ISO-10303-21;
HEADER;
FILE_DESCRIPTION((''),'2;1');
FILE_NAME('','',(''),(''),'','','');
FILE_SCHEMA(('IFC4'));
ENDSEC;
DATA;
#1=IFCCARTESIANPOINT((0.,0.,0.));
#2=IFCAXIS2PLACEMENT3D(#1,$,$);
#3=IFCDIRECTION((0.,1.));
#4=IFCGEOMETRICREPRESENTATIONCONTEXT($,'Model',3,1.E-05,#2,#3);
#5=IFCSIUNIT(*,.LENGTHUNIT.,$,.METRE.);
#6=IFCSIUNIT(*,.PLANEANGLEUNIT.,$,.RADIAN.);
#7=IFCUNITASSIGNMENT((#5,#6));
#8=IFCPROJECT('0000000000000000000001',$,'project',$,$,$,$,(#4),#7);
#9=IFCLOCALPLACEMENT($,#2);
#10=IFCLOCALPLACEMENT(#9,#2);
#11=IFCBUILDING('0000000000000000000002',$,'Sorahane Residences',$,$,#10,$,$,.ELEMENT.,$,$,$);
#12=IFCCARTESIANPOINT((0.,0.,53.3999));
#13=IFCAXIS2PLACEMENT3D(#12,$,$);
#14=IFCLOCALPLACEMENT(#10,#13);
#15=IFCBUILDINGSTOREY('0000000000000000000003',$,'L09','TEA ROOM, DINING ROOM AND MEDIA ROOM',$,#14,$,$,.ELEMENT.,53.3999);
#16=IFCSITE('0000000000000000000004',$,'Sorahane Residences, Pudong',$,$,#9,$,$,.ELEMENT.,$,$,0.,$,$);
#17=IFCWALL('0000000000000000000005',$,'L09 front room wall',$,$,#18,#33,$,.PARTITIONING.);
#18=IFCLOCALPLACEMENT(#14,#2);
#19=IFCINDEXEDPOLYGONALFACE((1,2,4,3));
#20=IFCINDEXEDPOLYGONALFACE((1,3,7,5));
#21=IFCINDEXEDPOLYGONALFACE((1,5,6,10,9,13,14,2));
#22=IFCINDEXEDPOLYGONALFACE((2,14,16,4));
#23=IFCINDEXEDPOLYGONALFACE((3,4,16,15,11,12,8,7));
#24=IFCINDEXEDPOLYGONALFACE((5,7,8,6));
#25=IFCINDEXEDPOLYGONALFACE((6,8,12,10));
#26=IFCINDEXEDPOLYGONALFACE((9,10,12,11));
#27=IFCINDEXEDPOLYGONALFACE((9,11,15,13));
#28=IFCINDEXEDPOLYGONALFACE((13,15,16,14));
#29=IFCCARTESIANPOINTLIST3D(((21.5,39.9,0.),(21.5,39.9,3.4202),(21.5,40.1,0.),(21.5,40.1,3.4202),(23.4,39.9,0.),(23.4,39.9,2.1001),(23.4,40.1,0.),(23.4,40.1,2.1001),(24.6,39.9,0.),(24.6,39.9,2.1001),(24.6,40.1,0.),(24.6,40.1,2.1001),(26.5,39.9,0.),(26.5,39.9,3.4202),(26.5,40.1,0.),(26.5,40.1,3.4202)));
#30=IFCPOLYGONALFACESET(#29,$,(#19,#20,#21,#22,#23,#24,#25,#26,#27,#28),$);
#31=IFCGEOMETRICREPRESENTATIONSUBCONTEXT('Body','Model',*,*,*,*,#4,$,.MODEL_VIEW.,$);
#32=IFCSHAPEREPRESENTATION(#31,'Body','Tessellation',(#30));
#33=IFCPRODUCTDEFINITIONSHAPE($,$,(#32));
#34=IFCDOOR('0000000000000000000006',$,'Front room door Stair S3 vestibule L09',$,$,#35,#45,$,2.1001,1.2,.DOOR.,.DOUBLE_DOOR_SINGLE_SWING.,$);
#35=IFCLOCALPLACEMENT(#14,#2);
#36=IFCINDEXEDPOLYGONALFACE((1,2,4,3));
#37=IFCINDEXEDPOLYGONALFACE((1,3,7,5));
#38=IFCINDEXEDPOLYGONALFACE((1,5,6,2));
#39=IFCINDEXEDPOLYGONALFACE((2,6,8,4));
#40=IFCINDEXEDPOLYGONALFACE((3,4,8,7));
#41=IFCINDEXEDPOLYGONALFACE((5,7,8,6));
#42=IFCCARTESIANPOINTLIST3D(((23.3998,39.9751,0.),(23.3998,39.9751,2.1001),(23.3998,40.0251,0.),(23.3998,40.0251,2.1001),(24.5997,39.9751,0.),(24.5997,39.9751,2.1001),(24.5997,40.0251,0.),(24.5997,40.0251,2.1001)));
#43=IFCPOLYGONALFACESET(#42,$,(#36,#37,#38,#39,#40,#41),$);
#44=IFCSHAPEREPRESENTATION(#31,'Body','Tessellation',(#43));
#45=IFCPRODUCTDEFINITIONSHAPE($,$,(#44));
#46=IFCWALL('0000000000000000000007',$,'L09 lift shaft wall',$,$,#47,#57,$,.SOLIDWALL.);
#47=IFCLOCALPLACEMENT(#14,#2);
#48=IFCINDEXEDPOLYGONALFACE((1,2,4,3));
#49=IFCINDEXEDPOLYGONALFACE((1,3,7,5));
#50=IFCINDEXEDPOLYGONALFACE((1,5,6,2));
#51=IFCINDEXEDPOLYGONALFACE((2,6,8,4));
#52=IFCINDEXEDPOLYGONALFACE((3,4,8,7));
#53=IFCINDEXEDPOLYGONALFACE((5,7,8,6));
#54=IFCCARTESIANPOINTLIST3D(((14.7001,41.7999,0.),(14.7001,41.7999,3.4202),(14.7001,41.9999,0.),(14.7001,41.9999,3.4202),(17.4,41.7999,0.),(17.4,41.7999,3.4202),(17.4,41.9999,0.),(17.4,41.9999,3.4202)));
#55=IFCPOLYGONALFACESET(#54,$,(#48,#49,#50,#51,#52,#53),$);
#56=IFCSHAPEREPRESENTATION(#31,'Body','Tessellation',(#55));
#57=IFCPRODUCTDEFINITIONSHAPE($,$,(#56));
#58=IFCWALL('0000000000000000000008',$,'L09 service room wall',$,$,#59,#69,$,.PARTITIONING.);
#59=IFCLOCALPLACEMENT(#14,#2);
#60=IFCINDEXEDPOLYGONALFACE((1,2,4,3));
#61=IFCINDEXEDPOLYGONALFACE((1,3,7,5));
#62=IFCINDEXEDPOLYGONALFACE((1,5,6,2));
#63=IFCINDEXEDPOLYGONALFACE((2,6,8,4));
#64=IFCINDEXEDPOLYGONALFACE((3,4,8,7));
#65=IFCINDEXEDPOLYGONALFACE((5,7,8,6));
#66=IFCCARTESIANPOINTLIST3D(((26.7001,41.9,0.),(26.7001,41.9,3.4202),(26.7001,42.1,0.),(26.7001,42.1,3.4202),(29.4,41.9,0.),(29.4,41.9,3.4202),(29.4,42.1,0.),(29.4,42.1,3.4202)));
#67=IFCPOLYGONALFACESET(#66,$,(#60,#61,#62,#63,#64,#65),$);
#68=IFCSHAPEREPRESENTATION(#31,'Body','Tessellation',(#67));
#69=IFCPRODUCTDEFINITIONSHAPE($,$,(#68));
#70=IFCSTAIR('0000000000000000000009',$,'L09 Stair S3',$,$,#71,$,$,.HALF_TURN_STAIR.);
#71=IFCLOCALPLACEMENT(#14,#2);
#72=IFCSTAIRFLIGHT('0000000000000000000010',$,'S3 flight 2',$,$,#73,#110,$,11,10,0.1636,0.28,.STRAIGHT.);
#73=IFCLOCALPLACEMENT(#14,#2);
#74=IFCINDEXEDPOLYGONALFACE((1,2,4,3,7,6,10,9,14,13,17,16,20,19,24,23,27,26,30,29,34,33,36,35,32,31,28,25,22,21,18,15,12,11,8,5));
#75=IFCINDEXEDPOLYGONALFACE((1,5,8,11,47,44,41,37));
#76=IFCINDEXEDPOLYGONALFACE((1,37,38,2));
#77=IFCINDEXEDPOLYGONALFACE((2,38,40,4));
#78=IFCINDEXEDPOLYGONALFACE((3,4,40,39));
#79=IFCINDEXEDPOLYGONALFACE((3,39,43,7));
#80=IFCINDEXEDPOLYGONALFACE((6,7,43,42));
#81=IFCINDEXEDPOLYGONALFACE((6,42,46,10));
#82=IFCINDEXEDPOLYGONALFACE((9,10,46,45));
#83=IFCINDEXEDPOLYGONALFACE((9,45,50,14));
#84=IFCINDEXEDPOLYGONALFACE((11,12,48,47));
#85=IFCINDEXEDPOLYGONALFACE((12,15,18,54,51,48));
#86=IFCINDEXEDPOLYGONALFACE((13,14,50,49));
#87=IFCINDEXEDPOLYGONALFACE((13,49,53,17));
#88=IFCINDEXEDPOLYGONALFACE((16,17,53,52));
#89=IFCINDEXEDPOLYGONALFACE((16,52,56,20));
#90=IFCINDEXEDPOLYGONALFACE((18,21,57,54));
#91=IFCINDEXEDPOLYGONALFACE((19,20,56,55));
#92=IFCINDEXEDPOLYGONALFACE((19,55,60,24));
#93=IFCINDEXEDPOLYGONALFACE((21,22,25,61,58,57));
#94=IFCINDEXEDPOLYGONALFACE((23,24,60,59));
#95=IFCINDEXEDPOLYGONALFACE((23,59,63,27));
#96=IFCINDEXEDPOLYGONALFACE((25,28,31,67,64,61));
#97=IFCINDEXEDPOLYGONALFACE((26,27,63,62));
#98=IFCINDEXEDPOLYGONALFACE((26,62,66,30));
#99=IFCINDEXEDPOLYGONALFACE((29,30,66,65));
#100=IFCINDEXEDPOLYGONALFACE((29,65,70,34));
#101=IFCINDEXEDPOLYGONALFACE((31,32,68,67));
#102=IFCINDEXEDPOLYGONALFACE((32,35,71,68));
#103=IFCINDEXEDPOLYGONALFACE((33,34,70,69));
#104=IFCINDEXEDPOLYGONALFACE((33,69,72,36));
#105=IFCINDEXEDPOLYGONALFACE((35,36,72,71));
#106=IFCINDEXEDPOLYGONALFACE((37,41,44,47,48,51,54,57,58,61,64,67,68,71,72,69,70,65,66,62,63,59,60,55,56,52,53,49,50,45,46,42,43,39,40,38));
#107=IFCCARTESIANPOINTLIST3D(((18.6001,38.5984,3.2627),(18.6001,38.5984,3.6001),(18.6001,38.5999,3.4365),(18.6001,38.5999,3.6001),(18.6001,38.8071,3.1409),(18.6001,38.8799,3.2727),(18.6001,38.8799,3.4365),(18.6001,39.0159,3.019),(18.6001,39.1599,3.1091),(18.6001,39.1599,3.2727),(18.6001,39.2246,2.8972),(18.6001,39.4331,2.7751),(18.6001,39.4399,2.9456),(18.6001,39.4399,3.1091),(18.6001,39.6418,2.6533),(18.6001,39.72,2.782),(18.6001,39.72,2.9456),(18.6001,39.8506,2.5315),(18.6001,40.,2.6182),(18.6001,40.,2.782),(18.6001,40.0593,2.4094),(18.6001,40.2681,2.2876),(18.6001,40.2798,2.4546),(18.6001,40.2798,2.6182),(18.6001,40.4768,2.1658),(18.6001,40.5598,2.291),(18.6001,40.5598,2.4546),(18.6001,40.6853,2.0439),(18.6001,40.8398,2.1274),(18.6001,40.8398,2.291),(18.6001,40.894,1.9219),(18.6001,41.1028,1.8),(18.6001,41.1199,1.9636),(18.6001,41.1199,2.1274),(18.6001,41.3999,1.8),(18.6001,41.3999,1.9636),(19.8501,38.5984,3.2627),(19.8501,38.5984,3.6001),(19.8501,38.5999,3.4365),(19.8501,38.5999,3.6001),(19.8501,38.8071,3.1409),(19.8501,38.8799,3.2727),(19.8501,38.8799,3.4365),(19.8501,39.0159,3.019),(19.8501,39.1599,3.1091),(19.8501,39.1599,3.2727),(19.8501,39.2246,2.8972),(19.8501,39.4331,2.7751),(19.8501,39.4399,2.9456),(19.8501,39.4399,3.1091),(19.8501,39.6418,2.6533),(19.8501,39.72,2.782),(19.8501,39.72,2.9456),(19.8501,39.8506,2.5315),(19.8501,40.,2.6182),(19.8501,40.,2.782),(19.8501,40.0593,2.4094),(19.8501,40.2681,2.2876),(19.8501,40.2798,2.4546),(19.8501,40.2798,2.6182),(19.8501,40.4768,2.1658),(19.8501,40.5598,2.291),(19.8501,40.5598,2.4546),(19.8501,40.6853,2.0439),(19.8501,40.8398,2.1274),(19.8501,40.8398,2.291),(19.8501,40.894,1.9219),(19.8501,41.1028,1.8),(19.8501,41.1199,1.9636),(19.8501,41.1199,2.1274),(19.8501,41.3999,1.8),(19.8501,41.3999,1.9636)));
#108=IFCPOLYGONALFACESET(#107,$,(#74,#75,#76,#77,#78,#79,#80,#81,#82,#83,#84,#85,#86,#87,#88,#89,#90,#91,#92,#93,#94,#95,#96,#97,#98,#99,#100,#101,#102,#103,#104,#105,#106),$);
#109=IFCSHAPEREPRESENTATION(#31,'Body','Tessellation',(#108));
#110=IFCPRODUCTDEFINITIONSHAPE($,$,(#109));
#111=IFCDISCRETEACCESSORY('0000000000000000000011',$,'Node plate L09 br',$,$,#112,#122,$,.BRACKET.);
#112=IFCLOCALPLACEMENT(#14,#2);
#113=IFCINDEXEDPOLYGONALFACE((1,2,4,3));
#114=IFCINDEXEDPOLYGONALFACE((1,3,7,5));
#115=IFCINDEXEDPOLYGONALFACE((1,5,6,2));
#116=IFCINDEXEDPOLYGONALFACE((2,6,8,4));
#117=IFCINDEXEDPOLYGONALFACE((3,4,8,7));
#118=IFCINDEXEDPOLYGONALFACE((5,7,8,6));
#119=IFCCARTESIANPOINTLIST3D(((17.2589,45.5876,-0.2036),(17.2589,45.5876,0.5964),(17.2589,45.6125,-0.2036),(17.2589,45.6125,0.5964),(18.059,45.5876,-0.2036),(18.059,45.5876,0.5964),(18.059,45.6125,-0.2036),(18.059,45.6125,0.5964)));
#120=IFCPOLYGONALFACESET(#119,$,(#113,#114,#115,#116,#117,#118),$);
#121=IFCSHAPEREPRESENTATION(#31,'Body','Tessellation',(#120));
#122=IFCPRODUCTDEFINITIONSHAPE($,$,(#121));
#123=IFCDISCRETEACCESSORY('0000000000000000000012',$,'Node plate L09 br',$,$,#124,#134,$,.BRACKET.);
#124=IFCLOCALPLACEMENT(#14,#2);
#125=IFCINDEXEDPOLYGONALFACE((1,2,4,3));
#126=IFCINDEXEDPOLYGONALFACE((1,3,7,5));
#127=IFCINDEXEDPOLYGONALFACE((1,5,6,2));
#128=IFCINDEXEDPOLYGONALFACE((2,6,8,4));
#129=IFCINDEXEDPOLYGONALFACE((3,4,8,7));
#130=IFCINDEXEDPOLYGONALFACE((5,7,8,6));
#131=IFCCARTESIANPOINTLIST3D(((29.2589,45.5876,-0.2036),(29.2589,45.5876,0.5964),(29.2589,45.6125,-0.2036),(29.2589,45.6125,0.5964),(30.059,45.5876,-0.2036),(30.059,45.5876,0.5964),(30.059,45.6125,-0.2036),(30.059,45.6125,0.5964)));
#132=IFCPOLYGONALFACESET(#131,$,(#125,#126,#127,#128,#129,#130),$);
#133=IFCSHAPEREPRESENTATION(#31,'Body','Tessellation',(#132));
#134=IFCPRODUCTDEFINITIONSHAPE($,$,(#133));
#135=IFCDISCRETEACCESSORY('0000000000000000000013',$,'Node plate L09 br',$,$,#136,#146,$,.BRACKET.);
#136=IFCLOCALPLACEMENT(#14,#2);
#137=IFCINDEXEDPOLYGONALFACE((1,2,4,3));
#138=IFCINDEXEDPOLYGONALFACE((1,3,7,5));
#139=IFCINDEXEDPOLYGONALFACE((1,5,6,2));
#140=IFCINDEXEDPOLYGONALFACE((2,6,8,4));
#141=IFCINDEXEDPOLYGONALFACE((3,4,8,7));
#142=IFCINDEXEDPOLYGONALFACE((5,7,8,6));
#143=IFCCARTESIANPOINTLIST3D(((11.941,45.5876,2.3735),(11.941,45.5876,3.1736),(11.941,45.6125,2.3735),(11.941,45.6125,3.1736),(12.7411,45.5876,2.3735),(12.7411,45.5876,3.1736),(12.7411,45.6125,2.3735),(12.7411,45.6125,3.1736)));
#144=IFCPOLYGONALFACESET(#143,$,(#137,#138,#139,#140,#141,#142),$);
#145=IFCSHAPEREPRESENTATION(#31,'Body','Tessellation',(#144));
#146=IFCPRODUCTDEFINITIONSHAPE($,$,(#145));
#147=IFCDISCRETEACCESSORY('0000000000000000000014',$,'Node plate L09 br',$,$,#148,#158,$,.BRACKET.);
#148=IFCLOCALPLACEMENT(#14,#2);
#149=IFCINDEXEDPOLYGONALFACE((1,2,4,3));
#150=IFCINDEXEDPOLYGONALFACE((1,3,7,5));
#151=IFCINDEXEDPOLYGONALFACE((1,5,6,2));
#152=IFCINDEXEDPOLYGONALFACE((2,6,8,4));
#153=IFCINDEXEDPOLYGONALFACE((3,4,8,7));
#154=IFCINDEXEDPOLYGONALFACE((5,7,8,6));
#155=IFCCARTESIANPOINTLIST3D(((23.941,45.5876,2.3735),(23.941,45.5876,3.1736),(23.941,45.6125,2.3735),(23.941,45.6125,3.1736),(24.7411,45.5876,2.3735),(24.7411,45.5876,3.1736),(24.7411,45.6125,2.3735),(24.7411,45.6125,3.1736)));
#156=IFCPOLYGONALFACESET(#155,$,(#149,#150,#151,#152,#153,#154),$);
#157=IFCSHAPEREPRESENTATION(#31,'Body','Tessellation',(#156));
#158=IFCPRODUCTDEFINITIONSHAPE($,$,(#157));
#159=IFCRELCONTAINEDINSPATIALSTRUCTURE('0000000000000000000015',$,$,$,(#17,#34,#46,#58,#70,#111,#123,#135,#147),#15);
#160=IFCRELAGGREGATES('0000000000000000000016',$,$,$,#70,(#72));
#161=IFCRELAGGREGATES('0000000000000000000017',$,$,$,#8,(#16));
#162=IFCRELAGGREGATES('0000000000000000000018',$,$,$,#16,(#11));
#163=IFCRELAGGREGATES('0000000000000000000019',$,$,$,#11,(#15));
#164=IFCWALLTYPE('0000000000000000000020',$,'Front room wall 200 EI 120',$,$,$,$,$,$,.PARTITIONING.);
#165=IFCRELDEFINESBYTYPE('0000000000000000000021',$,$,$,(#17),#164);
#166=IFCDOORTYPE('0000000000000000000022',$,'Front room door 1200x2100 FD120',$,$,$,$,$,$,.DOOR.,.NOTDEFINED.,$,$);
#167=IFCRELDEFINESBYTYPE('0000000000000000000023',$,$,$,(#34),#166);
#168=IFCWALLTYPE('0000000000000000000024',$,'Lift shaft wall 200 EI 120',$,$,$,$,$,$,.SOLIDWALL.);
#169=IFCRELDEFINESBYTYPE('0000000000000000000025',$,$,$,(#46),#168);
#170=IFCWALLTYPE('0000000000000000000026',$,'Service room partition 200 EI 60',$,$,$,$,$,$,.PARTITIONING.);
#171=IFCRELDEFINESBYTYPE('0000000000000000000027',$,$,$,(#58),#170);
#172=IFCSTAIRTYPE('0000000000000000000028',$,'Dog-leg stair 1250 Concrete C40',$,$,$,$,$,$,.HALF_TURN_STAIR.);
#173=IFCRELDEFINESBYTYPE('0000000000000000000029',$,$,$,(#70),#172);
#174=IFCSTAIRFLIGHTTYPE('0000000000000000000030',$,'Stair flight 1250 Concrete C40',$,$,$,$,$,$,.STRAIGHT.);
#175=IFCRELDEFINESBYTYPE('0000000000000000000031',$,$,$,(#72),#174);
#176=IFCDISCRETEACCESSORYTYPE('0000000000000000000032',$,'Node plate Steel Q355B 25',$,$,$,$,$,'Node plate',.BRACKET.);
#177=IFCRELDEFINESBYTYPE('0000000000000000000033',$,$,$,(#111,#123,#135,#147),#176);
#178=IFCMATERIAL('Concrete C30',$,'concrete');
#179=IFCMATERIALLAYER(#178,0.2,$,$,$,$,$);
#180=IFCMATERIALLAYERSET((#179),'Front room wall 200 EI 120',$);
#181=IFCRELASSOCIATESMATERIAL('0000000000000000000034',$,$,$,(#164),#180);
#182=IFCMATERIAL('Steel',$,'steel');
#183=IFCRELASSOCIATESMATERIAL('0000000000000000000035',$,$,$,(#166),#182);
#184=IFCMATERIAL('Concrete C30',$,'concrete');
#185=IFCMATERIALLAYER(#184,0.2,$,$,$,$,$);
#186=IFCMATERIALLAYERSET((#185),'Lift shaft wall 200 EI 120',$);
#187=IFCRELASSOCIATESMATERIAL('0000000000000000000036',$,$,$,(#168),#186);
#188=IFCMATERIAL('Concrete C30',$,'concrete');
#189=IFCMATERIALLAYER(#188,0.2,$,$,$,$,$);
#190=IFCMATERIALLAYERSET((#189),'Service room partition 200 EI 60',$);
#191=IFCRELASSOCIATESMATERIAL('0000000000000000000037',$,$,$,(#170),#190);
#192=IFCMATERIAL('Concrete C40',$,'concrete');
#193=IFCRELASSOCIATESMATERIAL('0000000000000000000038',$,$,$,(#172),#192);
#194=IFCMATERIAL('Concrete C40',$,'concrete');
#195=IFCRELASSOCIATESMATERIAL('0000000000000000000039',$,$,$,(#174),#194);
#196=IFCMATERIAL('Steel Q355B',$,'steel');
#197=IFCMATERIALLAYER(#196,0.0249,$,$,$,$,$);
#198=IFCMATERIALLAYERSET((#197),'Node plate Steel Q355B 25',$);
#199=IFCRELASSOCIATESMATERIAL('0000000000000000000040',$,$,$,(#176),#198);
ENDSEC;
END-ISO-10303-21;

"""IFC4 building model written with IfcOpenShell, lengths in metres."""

from ifc_helpers import new_model, si_unit, direction, frame, frame_2d, origin, origin_2d, place, context, subcontext, project, spatial, polyline, rectangle, outline, extrude, material, layer, layer_set, type_object, element, fill, aggregate, save


model = new_model("IFC4")

# Units and contexts
model_context = context("Model", 3, precision=1e-05, world=origin(), true_north=direction((0.0, 1.0)))
body_context = subcontext(model_context, "Body", "Model", "MODEL_VIEW")
ifc_project = project(units=[si_unit("LENGTHUNIT", "METRE"), si_unit("PLANEANGLEUNIT", "RADIAN")], contexts=[model_context])

# Site, building, storey
site_placement = place(None, origin())
site = spatial("IfcSite", under=ifc_project, at=site_placement, Name="Sorahane Residences, Pudong", CompositionType="ELEMENT", RefElevation=0.0)
building_placement = place(site_placement, origin())
building = spatial("IfcBuilding", under=site, at=building_placement, Name="Sorahane Residences", CompositionType="ELEMENT")
storey_placement = place(building_placement, frame((0.0, 0.0, 53.3999)))
storey = spatial("IfcBuildingStorey", under=building, at=storey_placement, Name="L09", Description="TEA ROOM, DINING ROOM AND MEDIA ROOM", CompositionType="ELEMENT", Elevation=53.3999)

# Wall, opening, door
ifc_material_1 = material(Name="Concrete C30", Category="concrete")
ifc_layer_1 = layer(ifc_material_1, 0.2)
ifc_layer_set_1 = layer_set([ifc_layer_1], Name="Front room wall 200 EI 120")
wall_type_1 = type_object("IfcWallType", Name="Front room wall 200 EI 120", PredefinedType="PARTITIONING", material=ifc_layer_set_1)
wall_1_placement = place(storey_placement, frame((21.5, 40.0, 0.0), z_axis=(0.0, 0.0, 1.0), x_axis=(1.0, 0.0, 0.0)))
wall_1 = element("IfcWall", 1, at=wall_1_placement, inside=storey, type_object=wall_type_1, Name="L09 front room wall", PredefinedType="PARTITIONING", context=body_context, shape_type="SweptSolid", body=[
    extrude(rectangle(XDim=5.0, YDim=0.2, at=frame_2d((2.5, 0.0))), origin(), (0.0, 0.0, 1.0), 3.4202),
])
opening_placement = place(wall_1_placement, frame((1.8999, 0.0, 0.0)))
opening = element("IfcOpeningElement", 2, at=opening_placement, cuts=wall_1, PredefinedType="OPENING", context=body_context, shape_type="SweptSolid", body=[
    extrude(rectangle(XDim=1.2, YDim=2.1001, at=frame_2d((0.6001, 1.05))), frame((0.0, 0.1099, 0.0), z_axis=(0.0, -1.0, 0.0), x_axis=(1.0, 0.0, 0.0)), (0.0, 0.0, 1.0), 0.22),
])
ifc_material_2 = material(Name="Steel", Category="steel")
door_type = type_object("IfcDoorType", Name="Front room door 1200x2100 FD120", OperationType="NOTDEFINED", PredefinedType="DOOR", material=ifc_material_2)
door_placement = place(opening_placement, frame((1.2, 0.0, 0.0), z_axis=(0.0, 0.0, 1.0), x_axis=(-1.0, 0.0, 0.0)))
door = element("IfcDoor", 3, at=door_placement, inside=storey, type_object=door_type, Name="Front room door Stair S3 vestibule L09", OperationType="DOUBLE_DOOR_SINGLE_SWING", OverallHeight=2.1001, OverallWidth=1.2, PredefinedType="DOOR", context=body_context, shape_type="SweptSolid", body=[
    extrude(rectangle(XDim=1.2, YDim=2.1001, at=frame_2d((0.6001, 1.05))), frame((0.0, 0.0249, 0.0), z_axis=(0.0, -1.0, 0.0), x_axis=(1.0, 0.0, 0.0)), (0.0, 0.0, 1.0), 0.05),
])
fill(opening, door)

# Walls
ifc_material_3 = material(Name="Concrete C30", Category="concrete")
ifc_layer_2 = layer(ifc_material_3, 0.2)
ifc_layer_set_2 = layer_set([ifc_layer_2], Name="Lift shaft wall 200 EI 120")
wall_type_2 = type_object("IfcWallType", Name="Lift shaft wall 200 EI 120", PredefinedType="SOLIDWALL", material=ifc_layer_set_2)
wall_2_placement = place(storey_placement, frame((14.7, 41.8999, 0.0), z_axis=(0.0, 0.0, 1.0), x_axis=(1.0, 0.0, 0.0)))
element("IfcWall", 4, at=wall_2_placement, inside=storey, type_object=wall_type_2, Name="L09 lift shaft wall", PredefinedType="SOLIDWALL", context=body_context, shape_type="SweptSolid", body=[
    extrude(rectangle(XDim=2.7, YDim=0.2, at=frame_2d((1.3501, 0.0))), origin(), (0.0, 0.0, 1.0), 3.4202),
])
ifc_material_4 = material(Name="Concrete C30", Category="concrete")
ifc_layer_3 = layer(ifc_material_4, 0.2)
ifc_layer_set_3 = layer_set([ifc_layer_3], Name="Service room partition 200 EI 60")
wall_type_3 = type_object("IfcWallType", Name="Service room partition 200 EI 60", PredefinedType="PARTITIONING", material=ifc_layer_set_3)
wall_3_placement = place(storey_placement, frame((26.7, 42.0, 0.0), z_axis=(0.0, 0.0, 1.0), x_axis=(1.0, 0.0, 0.0)))
element("IfcWall", 5, at=wall_3_placement, inside=storey, type_object=wall_type_3, Name="L09 service room wall", PredefinedType="PARTITIONING", context=body_context, shape_type="SweptSolid", body=[
    extrude(rectangle(XDim=2.7, YDim=0.2, at=frame_2d((1.3501, 0.0))), origin(), (0.0, 0.0, 1.0), 3.4202),
])

# Stair, stair flight
ifc_material_5 = material(Name="Concrete C40", Category="concrete")
stair_type = type_object("IfcStairType", Name="Dog-leg stair 1250 Concrete C40", PredefinedType="HALF_TURN_STAIR", material=ifc_material_5)
stair_placement = place(storey_placement, origin())
stair = element("IfcStair", 6, at=stair_placement, inside=storey, type_object=stair_type, Name="L09 Stair S3", PredefinedType="HALF_TURN_STAIR")
ifc_material_6 = material(Name="Concrete C40", Category="concrete")
stair_flight_type = type_object("IfcStairFlightType", Name="Stair flight 1250 Concrete C40", PredefinedType="STRAIGHT", material=ifc_material_6)
stair_flight_placement = place(storey_placement, frame((19.2251, 41.3999, 1.8), z_axis=(0.0, 0.0, 1.0), x_axis=(0.0, -1.0, 0.0)))
stair_flight = element("IfcStairFlight", 7, at=stair_flight_placement, type_object=stair_flight_type, Name="S3 flight 2", NumberOfRisers=11, NumberOfTreads=10, PredefinedType="STRAIGHT", RiserHeight=0.1636, TreadLength=0.28, context=body_context, shape_type="SweptSolid", body=[
    extrude(outline(polyline([(0.0, 0.0), (0.0, 0.1636), (0.28, 0.1636), (0.28, 0.3274), (0.5601, 0.3274), (0.5601, 0.491), (0.8401, 0.491), (0.8401, 0.6545), (1.1201, 0.6545), (1.1201, 0.8181), (1.3999, 0.8181), (1.3999, 0.9819), (1.6799, 0.9819), (1.6799, 1.1455), (1.96, 1.1455), (1.96, 1.3091), (2.24, 1.3091), (2.24, 1.4727), (2.52, 1.4727), (2.52, 1.6365), (2.8, 1.6365), (2.8, 1.8), (2.8015, 1.8), (2.8015, 1.4626), (2.5928, 1.3408), (2.384, 1.219), (2.1753, 1.0972), (1.9668, 0.9751), (1.7581, 0.8533), (1.5493, 0.7314), (1.3406, 0.6094), (1.1318, 0.4875), (0.9231, 0.3657), (0.7146, 0.2439), (0.5059, 0.1218), (0.2971, 0.0), (0.0, 0.0)])), frame((0.0, 0.625, 0.0), z_axis=(0.0, -1.0, 0.0), x_axis=(1.0, 0.0, 0.0)), (0.0, 0.0, 1.0), 1.25),
])
aggregate(stair, [stair_flight])

# Discrete accessories
ifc_material_7 = material(Name="Steel Q355B", Category="steel")
ifc_layer_4 = layer(ifc_material_7, 0.0249)
ifc_layer_set_4 = layer_set([ifc_layer_4], Name="Node plate Steel Q355B 25")
discrete_accessory_type = type_object("IfcDiscreteAccessoryType", Name="Node plate Steel Q355B 25", ElementType="Node plate", PredefinedType="BRACKET", material=ifc_layer_set_4)
for number, where, z_axis, x_axis, name in (
    (8, (17.6589, 45.6001, -0.2036), (0.0, 0.0, 1.0), (1.0, 0.0, 0.0), "Node plate L09 br"),
    (9, (29.6589, 45.6001, -0.2036), (0.0, 0.0, 1.0), (1.0, 0.0, 0.0), "Node plate L09 br"),
    (10, (12.3411, 45.6001, 2.3735), (0.0, 0.0, 1.0), (1.0, 0.0, 0.0), "Node plate L09 br"),
    (11, (24.3411, 45.6001, 2.3735), (0.0, 0.0, 1.0), (1.0, 0.0, 0.0), "Node plate L09 br"),
):
    element("IfcDiscreteAccessory", number, at=place(storey_placement, frame(where, z_axis=z_axis, x_axis=x_axis)), inside=storey, type_object=discrete_accessory_type, Name=name, PredefinedType="BRACKET", context=body_context, shape_type="SweptSolid", body=[
        extrude(rectangle(XDim=0.8, YDim=0.0249, at=origin_2d()), origin(), (0.0, 0.0, 1.0), 0.8),
    ])

save(model, "model.ifc")
